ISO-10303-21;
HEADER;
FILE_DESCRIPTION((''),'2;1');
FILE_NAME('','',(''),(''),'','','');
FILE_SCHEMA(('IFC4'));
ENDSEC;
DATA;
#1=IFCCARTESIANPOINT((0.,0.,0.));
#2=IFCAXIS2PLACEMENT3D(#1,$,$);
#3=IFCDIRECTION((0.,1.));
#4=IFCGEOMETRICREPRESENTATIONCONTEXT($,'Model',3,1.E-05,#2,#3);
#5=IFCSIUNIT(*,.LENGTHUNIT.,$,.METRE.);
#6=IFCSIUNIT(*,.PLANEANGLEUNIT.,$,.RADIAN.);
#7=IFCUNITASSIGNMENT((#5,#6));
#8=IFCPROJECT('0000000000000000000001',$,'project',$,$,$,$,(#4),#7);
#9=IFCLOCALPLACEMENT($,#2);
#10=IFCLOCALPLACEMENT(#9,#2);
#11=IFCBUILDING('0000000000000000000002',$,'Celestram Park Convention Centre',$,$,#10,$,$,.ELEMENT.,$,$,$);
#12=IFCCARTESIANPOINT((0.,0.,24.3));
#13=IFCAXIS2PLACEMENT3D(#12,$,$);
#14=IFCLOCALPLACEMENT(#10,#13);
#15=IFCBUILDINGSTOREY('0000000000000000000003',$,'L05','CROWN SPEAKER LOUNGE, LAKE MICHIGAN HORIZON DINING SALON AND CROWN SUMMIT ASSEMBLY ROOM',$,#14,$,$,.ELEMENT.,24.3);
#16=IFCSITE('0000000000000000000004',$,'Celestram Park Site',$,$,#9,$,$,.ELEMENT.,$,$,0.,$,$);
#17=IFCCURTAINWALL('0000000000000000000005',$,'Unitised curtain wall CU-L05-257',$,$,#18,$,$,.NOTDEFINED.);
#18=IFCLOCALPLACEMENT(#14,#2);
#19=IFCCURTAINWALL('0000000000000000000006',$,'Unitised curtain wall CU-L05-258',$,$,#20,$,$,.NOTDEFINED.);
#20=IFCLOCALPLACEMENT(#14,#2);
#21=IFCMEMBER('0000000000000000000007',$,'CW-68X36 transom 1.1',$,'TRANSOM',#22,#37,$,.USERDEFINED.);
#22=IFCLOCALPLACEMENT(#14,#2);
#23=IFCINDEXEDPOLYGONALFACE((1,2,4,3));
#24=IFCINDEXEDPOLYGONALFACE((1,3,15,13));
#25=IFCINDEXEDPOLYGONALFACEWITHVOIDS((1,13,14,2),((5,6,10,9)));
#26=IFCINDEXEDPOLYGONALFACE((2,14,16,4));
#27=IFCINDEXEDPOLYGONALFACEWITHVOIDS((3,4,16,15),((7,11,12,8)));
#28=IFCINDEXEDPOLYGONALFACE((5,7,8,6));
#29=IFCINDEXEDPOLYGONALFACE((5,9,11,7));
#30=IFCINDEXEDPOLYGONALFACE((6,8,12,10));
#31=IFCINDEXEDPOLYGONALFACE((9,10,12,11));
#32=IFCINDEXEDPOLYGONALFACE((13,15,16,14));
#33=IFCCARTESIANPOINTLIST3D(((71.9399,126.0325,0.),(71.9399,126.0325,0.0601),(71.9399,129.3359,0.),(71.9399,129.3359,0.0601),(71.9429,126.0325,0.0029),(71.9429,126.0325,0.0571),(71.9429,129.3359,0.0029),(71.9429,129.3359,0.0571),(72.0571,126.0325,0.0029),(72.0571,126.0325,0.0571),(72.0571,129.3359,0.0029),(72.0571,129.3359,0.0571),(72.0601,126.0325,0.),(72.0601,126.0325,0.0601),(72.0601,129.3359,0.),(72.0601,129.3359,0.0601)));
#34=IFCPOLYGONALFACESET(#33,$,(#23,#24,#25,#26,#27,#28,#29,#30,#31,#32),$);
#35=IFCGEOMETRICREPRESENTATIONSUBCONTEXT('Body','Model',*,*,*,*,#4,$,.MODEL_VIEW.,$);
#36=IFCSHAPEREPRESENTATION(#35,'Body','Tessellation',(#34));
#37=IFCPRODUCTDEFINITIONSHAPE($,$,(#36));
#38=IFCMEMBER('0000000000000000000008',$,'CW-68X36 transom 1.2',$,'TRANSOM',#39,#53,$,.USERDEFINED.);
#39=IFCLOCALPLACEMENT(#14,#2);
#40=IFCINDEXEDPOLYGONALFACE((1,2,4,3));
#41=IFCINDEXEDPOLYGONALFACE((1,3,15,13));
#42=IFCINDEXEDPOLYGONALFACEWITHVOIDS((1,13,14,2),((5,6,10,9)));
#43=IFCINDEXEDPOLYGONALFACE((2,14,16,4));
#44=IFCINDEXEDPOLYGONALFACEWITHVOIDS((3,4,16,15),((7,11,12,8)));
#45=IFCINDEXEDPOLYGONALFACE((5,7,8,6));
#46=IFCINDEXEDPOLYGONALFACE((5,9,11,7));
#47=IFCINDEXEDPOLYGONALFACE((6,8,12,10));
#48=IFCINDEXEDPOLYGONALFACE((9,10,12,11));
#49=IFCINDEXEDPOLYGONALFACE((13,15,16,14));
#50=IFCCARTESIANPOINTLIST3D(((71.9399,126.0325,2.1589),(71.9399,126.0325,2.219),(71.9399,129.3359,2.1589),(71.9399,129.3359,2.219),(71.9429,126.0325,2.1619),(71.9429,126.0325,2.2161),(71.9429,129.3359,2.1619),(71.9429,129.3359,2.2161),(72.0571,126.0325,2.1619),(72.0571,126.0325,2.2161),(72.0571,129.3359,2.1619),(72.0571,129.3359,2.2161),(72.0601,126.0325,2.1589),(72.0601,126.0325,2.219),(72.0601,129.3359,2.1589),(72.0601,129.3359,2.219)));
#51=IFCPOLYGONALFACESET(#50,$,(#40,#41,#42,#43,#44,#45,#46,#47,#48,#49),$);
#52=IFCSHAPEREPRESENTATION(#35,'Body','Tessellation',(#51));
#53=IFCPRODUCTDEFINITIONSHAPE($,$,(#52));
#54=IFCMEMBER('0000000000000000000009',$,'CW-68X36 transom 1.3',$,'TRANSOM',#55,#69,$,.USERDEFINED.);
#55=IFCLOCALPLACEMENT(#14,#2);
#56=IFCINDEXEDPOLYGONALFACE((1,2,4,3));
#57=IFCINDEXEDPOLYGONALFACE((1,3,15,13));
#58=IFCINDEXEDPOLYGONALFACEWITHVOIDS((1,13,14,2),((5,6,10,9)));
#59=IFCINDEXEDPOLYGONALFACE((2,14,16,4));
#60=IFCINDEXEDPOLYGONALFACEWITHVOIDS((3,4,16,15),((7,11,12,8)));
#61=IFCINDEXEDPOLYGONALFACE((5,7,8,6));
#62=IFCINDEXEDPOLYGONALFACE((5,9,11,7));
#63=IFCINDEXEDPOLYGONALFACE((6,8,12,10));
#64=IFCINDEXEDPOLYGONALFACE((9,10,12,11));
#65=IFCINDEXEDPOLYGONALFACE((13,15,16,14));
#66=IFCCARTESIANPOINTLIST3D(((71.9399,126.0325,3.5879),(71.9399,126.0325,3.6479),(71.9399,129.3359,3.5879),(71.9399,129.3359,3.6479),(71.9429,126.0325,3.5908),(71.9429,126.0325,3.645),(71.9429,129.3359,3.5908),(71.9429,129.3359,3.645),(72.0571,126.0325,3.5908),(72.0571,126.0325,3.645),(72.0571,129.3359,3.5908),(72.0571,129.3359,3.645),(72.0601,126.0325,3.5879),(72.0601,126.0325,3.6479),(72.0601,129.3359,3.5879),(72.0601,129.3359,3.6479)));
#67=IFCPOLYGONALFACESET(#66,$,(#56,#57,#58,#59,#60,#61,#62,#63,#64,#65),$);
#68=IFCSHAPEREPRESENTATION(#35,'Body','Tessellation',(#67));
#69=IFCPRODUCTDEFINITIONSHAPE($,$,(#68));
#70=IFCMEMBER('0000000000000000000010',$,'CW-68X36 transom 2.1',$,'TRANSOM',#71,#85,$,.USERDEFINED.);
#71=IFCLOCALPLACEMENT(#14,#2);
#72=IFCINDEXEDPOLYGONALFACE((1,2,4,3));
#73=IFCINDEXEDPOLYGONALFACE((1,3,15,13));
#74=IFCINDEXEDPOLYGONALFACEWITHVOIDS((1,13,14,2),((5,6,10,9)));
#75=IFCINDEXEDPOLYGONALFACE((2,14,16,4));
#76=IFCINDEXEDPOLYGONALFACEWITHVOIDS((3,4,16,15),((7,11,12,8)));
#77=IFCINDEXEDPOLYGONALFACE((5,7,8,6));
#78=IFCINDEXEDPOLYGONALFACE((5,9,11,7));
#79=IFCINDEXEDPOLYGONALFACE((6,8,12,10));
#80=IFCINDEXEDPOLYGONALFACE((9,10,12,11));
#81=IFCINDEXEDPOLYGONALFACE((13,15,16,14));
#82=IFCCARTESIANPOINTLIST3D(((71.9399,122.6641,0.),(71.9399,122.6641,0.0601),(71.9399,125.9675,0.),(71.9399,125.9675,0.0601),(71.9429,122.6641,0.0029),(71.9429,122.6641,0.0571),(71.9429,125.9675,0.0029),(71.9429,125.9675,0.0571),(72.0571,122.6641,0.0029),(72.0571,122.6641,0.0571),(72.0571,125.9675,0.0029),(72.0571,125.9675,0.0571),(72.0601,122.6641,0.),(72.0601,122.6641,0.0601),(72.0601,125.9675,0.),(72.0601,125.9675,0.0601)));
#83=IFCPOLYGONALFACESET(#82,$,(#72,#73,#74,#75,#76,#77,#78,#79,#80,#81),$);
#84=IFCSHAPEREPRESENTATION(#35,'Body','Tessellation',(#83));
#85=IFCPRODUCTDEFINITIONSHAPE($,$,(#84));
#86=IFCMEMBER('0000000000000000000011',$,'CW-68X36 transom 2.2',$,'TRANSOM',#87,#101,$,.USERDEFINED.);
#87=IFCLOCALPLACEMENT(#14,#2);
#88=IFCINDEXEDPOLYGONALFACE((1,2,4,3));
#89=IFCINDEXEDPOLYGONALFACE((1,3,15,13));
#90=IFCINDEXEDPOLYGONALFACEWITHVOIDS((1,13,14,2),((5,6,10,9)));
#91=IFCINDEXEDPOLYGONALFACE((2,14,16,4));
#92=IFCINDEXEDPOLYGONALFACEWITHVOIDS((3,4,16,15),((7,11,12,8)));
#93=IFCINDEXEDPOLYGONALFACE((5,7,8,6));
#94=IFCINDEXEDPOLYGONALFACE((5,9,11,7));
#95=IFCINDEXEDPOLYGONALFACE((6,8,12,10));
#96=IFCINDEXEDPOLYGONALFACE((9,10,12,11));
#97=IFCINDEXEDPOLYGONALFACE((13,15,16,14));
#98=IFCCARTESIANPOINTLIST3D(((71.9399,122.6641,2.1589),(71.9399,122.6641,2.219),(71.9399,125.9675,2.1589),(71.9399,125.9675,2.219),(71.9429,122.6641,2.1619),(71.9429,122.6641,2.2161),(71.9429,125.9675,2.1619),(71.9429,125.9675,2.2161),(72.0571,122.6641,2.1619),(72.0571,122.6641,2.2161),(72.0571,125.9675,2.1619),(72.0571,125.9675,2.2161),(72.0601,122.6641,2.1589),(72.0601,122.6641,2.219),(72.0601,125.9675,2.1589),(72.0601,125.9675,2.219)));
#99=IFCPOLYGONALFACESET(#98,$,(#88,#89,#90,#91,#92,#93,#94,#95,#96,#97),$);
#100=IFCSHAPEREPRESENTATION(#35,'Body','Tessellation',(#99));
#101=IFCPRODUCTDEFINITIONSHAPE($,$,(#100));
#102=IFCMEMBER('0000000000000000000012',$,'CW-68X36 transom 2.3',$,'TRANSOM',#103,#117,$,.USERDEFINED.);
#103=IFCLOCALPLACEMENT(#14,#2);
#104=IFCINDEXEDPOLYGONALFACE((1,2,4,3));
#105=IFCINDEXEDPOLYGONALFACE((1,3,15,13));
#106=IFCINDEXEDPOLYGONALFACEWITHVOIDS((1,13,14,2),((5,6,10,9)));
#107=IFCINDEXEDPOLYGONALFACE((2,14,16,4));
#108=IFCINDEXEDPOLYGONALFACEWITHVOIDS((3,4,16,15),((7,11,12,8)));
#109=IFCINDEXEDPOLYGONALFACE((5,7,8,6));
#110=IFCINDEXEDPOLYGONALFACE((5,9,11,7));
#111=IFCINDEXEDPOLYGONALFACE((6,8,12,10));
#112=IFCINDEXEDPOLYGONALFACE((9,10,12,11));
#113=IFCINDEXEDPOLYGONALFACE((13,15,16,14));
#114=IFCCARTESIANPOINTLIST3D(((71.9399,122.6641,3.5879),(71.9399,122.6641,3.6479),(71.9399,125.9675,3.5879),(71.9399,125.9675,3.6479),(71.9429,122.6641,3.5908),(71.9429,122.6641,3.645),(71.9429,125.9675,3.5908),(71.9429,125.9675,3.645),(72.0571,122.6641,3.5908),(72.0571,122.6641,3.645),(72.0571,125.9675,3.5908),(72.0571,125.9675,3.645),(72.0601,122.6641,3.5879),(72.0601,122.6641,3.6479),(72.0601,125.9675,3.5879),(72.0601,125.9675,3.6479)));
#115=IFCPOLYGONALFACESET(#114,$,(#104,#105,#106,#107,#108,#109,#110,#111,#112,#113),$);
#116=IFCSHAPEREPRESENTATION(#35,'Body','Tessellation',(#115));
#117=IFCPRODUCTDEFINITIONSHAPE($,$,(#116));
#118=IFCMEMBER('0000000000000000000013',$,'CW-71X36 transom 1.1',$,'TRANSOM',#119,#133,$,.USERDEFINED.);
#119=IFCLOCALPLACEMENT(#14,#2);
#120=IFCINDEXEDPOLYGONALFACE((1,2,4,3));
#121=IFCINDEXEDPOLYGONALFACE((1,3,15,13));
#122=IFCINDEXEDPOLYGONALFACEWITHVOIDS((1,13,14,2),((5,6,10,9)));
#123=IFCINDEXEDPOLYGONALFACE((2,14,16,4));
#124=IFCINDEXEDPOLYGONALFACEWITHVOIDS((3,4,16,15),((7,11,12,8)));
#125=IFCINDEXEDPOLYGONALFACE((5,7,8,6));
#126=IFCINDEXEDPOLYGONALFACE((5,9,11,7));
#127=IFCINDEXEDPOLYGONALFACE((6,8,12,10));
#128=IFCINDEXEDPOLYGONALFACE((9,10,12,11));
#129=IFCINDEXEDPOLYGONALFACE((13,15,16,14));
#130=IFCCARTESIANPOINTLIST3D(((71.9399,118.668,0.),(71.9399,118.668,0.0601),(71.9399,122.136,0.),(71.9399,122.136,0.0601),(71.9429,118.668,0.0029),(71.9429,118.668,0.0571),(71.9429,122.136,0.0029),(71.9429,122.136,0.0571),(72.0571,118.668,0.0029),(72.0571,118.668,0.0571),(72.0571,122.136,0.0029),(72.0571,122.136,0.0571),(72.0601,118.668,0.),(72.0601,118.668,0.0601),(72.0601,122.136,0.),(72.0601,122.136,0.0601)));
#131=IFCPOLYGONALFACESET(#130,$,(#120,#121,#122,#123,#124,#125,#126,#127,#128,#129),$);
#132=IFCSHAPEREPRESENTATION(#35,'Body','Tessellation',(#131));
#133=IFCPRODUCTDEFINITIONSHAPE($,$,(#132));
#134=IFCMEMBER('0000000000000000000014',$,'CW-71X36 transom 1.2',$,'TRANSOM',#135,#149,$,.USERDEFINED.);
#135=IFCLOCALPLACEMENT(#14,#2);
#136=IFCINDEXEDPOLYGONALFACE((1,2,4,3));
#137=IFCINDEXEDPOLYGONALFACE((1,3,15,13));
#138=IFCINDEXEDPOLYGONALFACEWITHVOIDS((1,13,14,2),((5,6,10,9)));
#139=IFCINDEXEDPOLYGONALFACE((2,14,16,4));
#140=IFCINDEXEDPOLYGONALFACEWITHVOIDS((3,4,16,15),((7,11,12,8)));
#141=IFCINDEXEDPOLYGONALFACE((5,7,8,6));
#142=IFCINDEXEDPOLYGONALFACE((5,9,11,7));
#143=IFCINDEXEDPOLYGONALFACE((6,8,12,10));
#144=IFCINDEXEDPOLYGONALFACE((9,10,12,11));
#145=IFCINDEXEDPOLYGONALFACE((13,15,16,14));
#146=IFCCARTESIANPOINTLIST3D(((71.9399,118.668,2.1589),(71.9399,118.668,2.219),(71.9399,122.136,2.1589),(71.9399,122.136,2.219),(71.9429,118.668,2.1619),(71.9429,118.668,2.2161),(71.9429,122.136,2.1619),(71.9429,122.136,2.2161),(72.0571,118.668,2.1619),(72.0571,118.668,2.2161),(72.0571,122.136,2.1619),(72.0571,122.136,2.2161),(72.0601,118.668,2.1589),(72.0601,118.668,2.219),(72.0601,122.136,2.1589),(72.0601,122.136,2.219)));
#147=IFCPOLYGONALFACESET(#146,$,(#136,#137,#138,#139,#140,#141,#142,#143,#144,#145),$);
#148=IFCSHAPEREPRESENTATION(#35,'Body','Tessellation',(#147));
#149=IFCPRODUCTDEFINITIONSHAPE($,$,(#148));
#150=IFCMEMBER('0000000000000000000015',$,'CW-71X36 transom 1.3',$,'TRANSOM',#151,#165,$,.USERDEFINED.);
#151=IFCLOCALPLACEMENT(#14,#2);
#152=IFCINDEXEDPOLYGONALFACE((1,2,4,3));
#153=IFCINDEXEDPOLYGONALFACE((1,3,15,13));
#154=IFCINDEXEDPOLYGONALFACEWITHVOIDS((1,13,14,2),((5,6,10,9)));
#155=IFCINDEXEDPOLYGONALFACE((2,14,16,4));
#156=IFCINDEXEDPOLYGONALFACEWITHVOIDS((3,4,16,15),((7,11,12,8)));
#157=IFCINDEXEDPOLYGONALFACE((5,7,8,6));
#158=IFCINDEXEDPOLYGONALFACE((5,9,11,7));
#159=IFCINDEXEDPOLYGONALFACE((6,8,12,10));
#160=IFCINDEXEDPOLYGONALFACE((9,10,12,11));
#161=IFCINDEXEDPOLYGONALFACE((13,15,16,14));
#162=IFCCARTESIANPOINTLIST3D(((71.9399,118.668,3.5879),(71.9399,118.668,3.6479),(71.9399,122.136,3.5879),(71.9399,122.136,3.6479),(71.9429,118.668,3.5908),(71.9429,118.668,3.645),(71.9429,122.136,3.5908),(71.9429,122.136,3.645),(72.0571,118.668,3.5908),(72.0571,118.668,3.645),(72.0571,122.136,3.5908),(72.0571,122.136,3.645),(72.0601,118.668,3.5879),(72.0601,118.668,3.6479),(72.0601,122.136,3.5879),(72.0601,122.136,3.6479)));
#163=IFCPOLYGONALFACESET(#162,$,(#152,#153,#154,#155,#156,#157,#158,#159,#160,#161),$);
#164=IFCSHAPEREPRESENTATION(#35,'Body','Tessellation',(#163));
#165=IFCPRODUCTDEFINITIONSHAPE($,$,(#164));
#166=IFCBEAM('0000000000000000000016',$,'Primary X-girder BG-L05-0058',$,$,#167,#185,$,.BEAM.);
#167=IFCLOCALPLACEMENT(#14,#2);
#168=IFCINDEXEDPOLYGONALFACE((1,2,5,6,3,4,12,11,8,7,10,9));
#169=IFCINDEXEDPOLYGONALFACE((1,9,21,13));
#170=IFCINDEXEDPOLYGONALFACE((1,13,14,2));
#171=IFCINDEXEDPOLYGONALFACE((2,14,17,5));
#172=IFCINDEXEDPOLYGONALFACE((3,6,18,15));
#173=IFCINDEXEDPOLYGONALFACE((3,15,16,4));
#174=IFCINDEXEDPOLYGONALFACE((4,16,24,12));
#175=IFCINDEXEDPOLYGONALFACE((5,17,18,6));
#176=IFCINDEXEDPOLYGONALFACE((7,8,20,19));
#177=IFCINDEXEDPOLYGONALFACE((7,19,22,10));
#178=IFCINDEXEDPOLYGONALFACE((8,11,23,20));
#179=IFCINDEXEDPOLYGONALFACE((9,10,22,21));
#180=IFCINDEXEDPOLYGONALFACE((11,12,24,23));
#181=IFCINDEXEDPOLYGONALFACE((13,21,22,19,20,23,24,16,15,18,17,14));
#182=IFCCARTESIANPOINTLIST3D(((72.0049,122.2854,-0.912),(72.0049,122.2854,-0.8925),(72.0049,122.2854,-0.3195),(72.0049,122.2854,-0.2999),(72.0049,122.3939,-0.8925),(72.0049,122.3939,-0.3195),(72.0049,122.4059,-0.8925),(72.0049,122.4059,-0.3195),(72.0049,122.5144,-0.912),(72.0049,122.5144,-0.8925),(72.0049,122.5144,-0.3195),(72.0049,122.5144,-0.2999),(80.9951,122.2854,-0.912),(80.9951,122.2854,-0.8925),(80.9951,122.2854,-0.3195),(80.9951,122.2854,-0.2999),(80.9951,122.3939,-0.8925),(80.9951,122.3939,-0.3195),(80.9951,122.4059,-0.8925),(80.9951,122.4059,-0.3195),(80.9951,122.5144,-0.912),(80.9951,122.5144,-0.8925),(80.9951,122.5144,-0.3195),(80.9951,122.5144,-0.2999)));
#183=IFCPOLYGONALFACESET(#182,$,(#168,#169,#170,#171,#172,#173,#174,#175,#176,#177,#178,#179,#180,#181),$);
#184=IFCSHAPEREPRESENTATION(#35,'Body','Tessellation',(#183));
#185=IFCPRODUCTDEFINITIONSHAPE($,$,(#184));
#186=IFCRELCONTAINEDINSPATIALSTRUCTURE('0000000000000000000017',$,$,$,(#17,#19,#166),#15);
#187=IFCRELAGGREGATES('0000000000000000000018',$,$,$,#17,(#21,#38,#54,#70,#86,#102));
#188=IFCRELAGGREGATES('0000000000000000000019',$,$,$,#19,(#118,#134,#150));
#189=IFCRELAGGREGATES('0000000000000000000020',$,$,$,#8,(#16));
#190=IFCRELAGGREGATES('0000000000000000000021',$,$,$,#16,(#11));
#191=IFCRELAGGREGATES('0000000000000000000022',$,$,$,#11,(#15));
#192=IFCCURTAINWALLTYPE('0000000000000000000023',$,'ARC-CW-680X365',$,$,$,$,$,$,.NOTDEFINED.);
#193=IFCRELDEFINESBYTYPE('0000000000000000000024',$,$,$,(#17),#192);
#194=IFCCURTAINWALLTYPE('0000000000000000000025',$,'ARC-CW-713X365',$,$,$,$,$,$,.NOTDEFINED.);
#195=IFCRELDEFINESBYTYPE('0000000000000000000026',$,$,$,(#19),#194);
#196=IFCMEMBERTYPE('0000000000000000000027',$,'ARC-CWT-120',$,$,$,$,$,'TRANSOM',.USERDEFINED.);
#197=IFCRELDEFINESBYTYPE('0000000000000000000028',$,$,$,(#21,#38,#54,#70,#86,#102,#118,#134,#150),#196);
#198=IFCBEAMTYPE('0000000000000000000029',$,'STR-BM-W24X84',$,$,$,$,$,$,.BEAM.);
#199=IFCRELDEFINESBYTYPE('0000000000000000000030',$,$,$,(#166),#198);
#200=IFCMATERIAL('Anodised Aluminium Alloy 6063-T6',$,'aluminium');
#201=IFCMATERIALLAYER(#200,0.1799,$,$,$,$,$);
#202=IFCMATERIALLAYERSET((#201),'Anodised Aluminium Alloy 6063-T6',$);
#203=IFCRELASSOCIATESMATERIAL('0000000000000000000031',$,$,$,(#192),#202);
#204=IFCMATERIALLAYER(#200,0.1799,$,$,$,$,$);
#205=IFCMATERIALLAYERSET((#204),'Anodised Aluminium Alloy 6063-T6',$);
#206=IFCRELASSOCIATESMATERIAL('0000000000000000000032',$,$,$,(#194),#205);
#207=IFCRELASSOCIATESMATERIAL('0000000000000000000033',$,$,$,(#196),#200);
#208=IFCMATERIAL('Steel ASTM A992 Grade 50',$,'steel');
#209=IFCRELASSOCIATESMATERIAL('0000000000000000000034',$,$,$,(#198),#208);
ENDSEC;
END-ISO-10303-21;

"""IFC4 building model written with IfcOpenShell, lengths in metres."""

from ifc_helpers import new_model, si_unit, direction, frame, origin, origin_2d, place, context, subcontext, project, spatial, hollow_rectangle, i_section, extrude, material, layer, layer_set, material_profile, profile_set, type_object, element, aggregate, save


model = new_model("IFC4")

# Units and contexts
model_context = context("Model", 3, precision=1e-05, world=origin(), true_north=direction((0.0, 1.0)))
body_context = subcontext(model_context, "Body", "Model", "MODEL_VIEW")
ifc_project = project(units=[si_unit("LENGTHUNIT", "METRE"), si_unit("PLANEANGLEUNIT", "RADIAN")], contexts=[model_context])

# Site, building, storey
site_placement = place(None, origin())
site = spatial("IfcSite", under=ifc_project, at=site_placement, Name="Celestram Park Site", CompositionType="ELEMENT", RefElevation=0.0)
building_placement = place(site_placement, origin())
building = spatial("IfcBuilding", under=site, at=building_placement, Name="Celestram Park Convention Centre", CompositionType="ELEMENT")
storey_placement = place(building_placement, frame((0.0, 0.0, 24.3)))
storey = spatial("IfcBuildingStorey", under=building, at=storey_placement, Name="L05", Description="CROWN SPEAKER LOUNGE, LAKE MICHIGAN HORIZON DINING SALON AND CROWN SUMMIT ASSEMBLY ROOM", CompositionType="ELEMENT", Elevation=24.3)

# Curtain wall
ifc_material_1 = material(Name="Anodised Aluminium Alloy 6063-T6", Category="aluminium")
ifc_layer_1 = layer(ifc_material_1, 0.1799)
ifc_layer_set_1 = layer_set([ifc_layer_1], Name="Anodised Aluminium Alloy 6063-T6")
curtain_wall_type_1 = type_object("IfcCurtainWallType", Name="ARC-CW-680X365", PredefinedType="NOTDEFINED", material=ifc_layer_set_1)
curtain_wall_1_placement = place(storey_placement, origin())
curtain_wall_1 = element("IfcCurtainWall", 1, at=curtain_wall_1_placement, inside=storey, type_object=curtain_wall_type_1, Name="Unitised curtain wall CU-L05-257", PredefinedType="NOTDEFINED")

# Curtain wall
ifc_layer_2 = layer(ifc_material_1, 0.1799)
ifc_layer_set_2 = layer_set([ifc_layer_2], Name="Anodised Aluminium Alloy 6063-T6")
curtain_wall_type_2 = type_object("IfcCurtainWallType", Name="ARC-CW-713X365", PredefinedType="NOTDEFINED", material=ifc_layer_set_2)
curtain_wall_2_placement = place(storey_placement, origin())
curtain_wall_2 = element("IfcCurtainWall", 2, at=curtain_wall_2_placement, inside=storey, type_object=curtain_wall_type_2, Name="Unitised curtain wall CU-L05-258", PredefinedType="NOTDEFINED")

# Members
ifc_material_profile_1 = material_profile(ifc_material_1, hollow_rectangle(XDim=0.1201, YDim=0.0601, WallThickness=0.0029, at=origin_2d()), Name="ALU120X60X3")
ifc_profile_set_1 = profile_set([ifc_material_profile_1], Name="Anodised Aluminium Alloy 6063-T6")
member_type_1 = type_object("IfcMemberType", Name="ARC-CWT-120", ElementType="TRANSOM", PredefinedType="USERDEFINED", material=ifc_profile_set_1)
member_1_placement = place(storey_placement, frame((72.0, 129.3359, 0.03), z_axis=(0.0, -1.0, 0.0), x_axis=(1.0, 0.0, 0.0)))
member_1 = element("IfcMember", 3, at=member_1_placement, type_object=member_type_1, Name="CW-68X36 transom 1.1", ObjectType="TRANSOM", PredefinedType="USERDEFINED", context=body_context, shape_type="SweptSolid", body=[
    extrude(hollow_rectangle(XDim=0.1201, YDim=0.0601, WallThickness=0.0029, at=origin_2d()), origin(), (0.0, 0.0, 1.0), 3.3035),
])
member_2_placement = place(storey_placement, frame((72.0, 129.3359, 2.189), z_axis=(0.0, -1.0, 0.0), x_axis=(1.0, 0.0, 0.0)))
member_2 = element("IfcMember", 4, at=member_2_placement, type_object=member_type_1, Name="CW-68X36 transom 1.2", ObjectType="TRANSOM", PredefinedType="USERDEFINED", context=body_context, shape_type="SweptSolid", body=[
    extrude(hollow_rectangle(XDim=0.1201, YDim=0.0601, WallThickness=0.0029, at=origin_2d()), origin(), (0.0, 0.0, 1.0), 3.3035),
])
member_3_placement = place(storey_placement, frame((72.0, 129.3359, 3.6179), z_axis=(0.0, -1.0, 0.0), x_axis=(1.0, 0.0, 0.0)))
member_3 = element("IfcMember", 5, at=member_3_placement, type_object=member_type_1, Name="CW-68X36 transom 1.3", ObjectType="TRANSOM", PredefinedType="USERDEFINED", context=body_context, shape_type="SweptSolid", body=[
    extrude(hollow_rectangle(XDim=0.1201, YDim=0.0601, WallThickness=0.0029, at=origin_2d()), origin(), (0.0, 0.0, 1.0), 3.3035),
])
member_4_placement = place(storey_placement, frame((72.0, 125.9675, 0.03), z_axis=(0.0, -1.0, 0.0), x_axis=(1.0, 0.0, 0.0)))
member_4 = element("IfcMember", 6, at=member_4_placement, type_object=member_type_1, Name="CW-68X36 transom 2.1", ObjectType="TRANSOM", PredefinedType="USERDEFINED", context=body_context, shape_type="SweptSolid", body=[
    extrude(hollow_rectangle(XDim=0.1201, YDim=0.0601, WallThickness=0.0029, at=origin_2d()), origin(), (0.0, 0.0, 1.0), 3.3035),
])
member_5_placement = place(storey_placement, frame((72.0, 125.9675, 2.189), z_axis=(0.0, -1.0, 0.0), x_axis=(1.0, 0.0, 0.0)))
member_5 = element("IfcMember", 7, at=member_5_placement, type_object=member_type_1, Name="CW-68X36 transom 2.2", ObjectType="TRANSOM", PredefinedType="USERDEFINED", context=body_context, shape_type="SweptSolid", body=[
    extrude(hollow_rectangle(XDim=0.1201, YDim=0.0601, WallThickness=0.0029, at=origin_2d()), origin(), (0.0, 0.0, 1.0), 3.3035),
])
member_6_placement = place(storey_placement, frame((72.0, 125.9675, 3.6179), z_axis=(0.0, -1.0, 0.0), x_axis=(1.0, 0.0, 0.0)))
member_6 = element("IfcMember", 8, at=member_6_placement, type_object=member_type_1, Name="CW-68X36 transom 2.3", ObjectType="TRANSOM", PredefinedType="USERDEFINED", context=body_context, shape_type="SweptSolid", body=[
    extrude(hollow_rectangle(XDim=0.1201, YDim=0.0601, WallThickness=0.0029, at=origin_2d()), origin(), (0.0, 0.0, 1.0), 3.3035),
])
member_7_placement = place(storey_placement, frame((72.0, 122.136, 0.03), z_axis=(0.0, -1.0, 0.0), x_axis=(1.0, 0.0, 0.0)))
member_7 = element("IfcMember", 9, at=member_7_placement, type_object=member_type_1, Name="CW-71X36 transom 1.1", ObjectType="TRANSOM", PredefinedType="USERDEFINED", context=body_context, shape_type="SweptSolid", body=[
    extrude(hollow_rectangle(XDim=0.1201, YDim=0.0601, WallThickness=0.0029, at=origin_2d()), origin(), (0.0, 0.0, 1.0), 3.468),
])
member_8_placement = place(storey_placement, frame((72.0, 122.136, 2.189), z_axis=(0.0, -1.0, 0.0), x_axis=(1.0, 0.0, 0.0)))
member_8 = element("IfcMember", 10, at=member_8_placement, type_object=member_type_1, Name="CW-71X36 transom 1.2", ObjectType="TRANSOM", PredefinedType="USERDEFINED", context=body_context, shape_type="SweptSolid", body=[
    extrude(hollow_rectangle(XDim=0.1201, YDim=0.0601, WallThickness=0.0029, at=origin_2d()), origin(), (0.0, 0.0, 1.0), 3.468),
])
member_9_placement = place(storey_placement, frame((72.0, 122.136, 3.6179), z_axis=(0.0, -1.0, 0.0), x_axis=(1.0, 0.0, 0.0)))
member_9 = element("IfcMember", 11, at=member_9_placement, type_object=member_type_1, Name="CW-71X36 transom 1.3", ObjectType="TRANSOM", PredefinedType="USERDEFINED", context=body_context, shape_type="SweptSolid", body=[
    extrude(hollow_rectangle(XDim=0.1201, YDim=0.0601, WallThickness=0.0029, at=origin_2d()), origin(), (0.0, 0.0, 1.0), 3.468),
])

# Beam
ifc_material_2 = material(Name="Steel ASTM A992 Grade 50", Category="steel")
ifc_material_profile_2 = material_profile(ifc_material_2, i_section(OverallWidth=0.229, OverallDepth=0.6121, WebThickness=0.012, FlangeThickness=0.0195, at=origin_2d()), Name="W24X84")
ifc_profile_set_2 = profile_set([ifc_material_profile_2], Name="Steel ASTM A992 Grade 50")
beam_type = type_object("IfcBeamType", Name="STR-BM-W24X84", PredefinedType="BEAM", material=ifc_profile_set_2)
beam_1_placement = place(storey_placement, frame((72.0049, 122.3999, -0.606), z_axis=(1.0, 0.0, 0.0), x_axis=(0.0, 1.0, 0.0)))
element("IfcBeam", 12, at=beam_1_placement, inside=storey, type_object=beam_type, Name="Primary X-girder BG-L05-0058", PredefinedType="BEAM", context=body_context, shape_type="SweptSolid", body=[
    extrude(i_section(OverallWidth=0.229, OverallDepth=0.6121, WebThickness=0.012, FlangeThickness=0.0195, at=origin_2d()), origin(), (0.0, 0.0, 1.0), 8.9902),
])

aggregate(curtain_wall_1, [member_1, member_2, member_3, member_4, member_5, member_6])
aggregate(curtain_wall_2, [member_7, member_8, member_9])

save(model, "model.ifc")
